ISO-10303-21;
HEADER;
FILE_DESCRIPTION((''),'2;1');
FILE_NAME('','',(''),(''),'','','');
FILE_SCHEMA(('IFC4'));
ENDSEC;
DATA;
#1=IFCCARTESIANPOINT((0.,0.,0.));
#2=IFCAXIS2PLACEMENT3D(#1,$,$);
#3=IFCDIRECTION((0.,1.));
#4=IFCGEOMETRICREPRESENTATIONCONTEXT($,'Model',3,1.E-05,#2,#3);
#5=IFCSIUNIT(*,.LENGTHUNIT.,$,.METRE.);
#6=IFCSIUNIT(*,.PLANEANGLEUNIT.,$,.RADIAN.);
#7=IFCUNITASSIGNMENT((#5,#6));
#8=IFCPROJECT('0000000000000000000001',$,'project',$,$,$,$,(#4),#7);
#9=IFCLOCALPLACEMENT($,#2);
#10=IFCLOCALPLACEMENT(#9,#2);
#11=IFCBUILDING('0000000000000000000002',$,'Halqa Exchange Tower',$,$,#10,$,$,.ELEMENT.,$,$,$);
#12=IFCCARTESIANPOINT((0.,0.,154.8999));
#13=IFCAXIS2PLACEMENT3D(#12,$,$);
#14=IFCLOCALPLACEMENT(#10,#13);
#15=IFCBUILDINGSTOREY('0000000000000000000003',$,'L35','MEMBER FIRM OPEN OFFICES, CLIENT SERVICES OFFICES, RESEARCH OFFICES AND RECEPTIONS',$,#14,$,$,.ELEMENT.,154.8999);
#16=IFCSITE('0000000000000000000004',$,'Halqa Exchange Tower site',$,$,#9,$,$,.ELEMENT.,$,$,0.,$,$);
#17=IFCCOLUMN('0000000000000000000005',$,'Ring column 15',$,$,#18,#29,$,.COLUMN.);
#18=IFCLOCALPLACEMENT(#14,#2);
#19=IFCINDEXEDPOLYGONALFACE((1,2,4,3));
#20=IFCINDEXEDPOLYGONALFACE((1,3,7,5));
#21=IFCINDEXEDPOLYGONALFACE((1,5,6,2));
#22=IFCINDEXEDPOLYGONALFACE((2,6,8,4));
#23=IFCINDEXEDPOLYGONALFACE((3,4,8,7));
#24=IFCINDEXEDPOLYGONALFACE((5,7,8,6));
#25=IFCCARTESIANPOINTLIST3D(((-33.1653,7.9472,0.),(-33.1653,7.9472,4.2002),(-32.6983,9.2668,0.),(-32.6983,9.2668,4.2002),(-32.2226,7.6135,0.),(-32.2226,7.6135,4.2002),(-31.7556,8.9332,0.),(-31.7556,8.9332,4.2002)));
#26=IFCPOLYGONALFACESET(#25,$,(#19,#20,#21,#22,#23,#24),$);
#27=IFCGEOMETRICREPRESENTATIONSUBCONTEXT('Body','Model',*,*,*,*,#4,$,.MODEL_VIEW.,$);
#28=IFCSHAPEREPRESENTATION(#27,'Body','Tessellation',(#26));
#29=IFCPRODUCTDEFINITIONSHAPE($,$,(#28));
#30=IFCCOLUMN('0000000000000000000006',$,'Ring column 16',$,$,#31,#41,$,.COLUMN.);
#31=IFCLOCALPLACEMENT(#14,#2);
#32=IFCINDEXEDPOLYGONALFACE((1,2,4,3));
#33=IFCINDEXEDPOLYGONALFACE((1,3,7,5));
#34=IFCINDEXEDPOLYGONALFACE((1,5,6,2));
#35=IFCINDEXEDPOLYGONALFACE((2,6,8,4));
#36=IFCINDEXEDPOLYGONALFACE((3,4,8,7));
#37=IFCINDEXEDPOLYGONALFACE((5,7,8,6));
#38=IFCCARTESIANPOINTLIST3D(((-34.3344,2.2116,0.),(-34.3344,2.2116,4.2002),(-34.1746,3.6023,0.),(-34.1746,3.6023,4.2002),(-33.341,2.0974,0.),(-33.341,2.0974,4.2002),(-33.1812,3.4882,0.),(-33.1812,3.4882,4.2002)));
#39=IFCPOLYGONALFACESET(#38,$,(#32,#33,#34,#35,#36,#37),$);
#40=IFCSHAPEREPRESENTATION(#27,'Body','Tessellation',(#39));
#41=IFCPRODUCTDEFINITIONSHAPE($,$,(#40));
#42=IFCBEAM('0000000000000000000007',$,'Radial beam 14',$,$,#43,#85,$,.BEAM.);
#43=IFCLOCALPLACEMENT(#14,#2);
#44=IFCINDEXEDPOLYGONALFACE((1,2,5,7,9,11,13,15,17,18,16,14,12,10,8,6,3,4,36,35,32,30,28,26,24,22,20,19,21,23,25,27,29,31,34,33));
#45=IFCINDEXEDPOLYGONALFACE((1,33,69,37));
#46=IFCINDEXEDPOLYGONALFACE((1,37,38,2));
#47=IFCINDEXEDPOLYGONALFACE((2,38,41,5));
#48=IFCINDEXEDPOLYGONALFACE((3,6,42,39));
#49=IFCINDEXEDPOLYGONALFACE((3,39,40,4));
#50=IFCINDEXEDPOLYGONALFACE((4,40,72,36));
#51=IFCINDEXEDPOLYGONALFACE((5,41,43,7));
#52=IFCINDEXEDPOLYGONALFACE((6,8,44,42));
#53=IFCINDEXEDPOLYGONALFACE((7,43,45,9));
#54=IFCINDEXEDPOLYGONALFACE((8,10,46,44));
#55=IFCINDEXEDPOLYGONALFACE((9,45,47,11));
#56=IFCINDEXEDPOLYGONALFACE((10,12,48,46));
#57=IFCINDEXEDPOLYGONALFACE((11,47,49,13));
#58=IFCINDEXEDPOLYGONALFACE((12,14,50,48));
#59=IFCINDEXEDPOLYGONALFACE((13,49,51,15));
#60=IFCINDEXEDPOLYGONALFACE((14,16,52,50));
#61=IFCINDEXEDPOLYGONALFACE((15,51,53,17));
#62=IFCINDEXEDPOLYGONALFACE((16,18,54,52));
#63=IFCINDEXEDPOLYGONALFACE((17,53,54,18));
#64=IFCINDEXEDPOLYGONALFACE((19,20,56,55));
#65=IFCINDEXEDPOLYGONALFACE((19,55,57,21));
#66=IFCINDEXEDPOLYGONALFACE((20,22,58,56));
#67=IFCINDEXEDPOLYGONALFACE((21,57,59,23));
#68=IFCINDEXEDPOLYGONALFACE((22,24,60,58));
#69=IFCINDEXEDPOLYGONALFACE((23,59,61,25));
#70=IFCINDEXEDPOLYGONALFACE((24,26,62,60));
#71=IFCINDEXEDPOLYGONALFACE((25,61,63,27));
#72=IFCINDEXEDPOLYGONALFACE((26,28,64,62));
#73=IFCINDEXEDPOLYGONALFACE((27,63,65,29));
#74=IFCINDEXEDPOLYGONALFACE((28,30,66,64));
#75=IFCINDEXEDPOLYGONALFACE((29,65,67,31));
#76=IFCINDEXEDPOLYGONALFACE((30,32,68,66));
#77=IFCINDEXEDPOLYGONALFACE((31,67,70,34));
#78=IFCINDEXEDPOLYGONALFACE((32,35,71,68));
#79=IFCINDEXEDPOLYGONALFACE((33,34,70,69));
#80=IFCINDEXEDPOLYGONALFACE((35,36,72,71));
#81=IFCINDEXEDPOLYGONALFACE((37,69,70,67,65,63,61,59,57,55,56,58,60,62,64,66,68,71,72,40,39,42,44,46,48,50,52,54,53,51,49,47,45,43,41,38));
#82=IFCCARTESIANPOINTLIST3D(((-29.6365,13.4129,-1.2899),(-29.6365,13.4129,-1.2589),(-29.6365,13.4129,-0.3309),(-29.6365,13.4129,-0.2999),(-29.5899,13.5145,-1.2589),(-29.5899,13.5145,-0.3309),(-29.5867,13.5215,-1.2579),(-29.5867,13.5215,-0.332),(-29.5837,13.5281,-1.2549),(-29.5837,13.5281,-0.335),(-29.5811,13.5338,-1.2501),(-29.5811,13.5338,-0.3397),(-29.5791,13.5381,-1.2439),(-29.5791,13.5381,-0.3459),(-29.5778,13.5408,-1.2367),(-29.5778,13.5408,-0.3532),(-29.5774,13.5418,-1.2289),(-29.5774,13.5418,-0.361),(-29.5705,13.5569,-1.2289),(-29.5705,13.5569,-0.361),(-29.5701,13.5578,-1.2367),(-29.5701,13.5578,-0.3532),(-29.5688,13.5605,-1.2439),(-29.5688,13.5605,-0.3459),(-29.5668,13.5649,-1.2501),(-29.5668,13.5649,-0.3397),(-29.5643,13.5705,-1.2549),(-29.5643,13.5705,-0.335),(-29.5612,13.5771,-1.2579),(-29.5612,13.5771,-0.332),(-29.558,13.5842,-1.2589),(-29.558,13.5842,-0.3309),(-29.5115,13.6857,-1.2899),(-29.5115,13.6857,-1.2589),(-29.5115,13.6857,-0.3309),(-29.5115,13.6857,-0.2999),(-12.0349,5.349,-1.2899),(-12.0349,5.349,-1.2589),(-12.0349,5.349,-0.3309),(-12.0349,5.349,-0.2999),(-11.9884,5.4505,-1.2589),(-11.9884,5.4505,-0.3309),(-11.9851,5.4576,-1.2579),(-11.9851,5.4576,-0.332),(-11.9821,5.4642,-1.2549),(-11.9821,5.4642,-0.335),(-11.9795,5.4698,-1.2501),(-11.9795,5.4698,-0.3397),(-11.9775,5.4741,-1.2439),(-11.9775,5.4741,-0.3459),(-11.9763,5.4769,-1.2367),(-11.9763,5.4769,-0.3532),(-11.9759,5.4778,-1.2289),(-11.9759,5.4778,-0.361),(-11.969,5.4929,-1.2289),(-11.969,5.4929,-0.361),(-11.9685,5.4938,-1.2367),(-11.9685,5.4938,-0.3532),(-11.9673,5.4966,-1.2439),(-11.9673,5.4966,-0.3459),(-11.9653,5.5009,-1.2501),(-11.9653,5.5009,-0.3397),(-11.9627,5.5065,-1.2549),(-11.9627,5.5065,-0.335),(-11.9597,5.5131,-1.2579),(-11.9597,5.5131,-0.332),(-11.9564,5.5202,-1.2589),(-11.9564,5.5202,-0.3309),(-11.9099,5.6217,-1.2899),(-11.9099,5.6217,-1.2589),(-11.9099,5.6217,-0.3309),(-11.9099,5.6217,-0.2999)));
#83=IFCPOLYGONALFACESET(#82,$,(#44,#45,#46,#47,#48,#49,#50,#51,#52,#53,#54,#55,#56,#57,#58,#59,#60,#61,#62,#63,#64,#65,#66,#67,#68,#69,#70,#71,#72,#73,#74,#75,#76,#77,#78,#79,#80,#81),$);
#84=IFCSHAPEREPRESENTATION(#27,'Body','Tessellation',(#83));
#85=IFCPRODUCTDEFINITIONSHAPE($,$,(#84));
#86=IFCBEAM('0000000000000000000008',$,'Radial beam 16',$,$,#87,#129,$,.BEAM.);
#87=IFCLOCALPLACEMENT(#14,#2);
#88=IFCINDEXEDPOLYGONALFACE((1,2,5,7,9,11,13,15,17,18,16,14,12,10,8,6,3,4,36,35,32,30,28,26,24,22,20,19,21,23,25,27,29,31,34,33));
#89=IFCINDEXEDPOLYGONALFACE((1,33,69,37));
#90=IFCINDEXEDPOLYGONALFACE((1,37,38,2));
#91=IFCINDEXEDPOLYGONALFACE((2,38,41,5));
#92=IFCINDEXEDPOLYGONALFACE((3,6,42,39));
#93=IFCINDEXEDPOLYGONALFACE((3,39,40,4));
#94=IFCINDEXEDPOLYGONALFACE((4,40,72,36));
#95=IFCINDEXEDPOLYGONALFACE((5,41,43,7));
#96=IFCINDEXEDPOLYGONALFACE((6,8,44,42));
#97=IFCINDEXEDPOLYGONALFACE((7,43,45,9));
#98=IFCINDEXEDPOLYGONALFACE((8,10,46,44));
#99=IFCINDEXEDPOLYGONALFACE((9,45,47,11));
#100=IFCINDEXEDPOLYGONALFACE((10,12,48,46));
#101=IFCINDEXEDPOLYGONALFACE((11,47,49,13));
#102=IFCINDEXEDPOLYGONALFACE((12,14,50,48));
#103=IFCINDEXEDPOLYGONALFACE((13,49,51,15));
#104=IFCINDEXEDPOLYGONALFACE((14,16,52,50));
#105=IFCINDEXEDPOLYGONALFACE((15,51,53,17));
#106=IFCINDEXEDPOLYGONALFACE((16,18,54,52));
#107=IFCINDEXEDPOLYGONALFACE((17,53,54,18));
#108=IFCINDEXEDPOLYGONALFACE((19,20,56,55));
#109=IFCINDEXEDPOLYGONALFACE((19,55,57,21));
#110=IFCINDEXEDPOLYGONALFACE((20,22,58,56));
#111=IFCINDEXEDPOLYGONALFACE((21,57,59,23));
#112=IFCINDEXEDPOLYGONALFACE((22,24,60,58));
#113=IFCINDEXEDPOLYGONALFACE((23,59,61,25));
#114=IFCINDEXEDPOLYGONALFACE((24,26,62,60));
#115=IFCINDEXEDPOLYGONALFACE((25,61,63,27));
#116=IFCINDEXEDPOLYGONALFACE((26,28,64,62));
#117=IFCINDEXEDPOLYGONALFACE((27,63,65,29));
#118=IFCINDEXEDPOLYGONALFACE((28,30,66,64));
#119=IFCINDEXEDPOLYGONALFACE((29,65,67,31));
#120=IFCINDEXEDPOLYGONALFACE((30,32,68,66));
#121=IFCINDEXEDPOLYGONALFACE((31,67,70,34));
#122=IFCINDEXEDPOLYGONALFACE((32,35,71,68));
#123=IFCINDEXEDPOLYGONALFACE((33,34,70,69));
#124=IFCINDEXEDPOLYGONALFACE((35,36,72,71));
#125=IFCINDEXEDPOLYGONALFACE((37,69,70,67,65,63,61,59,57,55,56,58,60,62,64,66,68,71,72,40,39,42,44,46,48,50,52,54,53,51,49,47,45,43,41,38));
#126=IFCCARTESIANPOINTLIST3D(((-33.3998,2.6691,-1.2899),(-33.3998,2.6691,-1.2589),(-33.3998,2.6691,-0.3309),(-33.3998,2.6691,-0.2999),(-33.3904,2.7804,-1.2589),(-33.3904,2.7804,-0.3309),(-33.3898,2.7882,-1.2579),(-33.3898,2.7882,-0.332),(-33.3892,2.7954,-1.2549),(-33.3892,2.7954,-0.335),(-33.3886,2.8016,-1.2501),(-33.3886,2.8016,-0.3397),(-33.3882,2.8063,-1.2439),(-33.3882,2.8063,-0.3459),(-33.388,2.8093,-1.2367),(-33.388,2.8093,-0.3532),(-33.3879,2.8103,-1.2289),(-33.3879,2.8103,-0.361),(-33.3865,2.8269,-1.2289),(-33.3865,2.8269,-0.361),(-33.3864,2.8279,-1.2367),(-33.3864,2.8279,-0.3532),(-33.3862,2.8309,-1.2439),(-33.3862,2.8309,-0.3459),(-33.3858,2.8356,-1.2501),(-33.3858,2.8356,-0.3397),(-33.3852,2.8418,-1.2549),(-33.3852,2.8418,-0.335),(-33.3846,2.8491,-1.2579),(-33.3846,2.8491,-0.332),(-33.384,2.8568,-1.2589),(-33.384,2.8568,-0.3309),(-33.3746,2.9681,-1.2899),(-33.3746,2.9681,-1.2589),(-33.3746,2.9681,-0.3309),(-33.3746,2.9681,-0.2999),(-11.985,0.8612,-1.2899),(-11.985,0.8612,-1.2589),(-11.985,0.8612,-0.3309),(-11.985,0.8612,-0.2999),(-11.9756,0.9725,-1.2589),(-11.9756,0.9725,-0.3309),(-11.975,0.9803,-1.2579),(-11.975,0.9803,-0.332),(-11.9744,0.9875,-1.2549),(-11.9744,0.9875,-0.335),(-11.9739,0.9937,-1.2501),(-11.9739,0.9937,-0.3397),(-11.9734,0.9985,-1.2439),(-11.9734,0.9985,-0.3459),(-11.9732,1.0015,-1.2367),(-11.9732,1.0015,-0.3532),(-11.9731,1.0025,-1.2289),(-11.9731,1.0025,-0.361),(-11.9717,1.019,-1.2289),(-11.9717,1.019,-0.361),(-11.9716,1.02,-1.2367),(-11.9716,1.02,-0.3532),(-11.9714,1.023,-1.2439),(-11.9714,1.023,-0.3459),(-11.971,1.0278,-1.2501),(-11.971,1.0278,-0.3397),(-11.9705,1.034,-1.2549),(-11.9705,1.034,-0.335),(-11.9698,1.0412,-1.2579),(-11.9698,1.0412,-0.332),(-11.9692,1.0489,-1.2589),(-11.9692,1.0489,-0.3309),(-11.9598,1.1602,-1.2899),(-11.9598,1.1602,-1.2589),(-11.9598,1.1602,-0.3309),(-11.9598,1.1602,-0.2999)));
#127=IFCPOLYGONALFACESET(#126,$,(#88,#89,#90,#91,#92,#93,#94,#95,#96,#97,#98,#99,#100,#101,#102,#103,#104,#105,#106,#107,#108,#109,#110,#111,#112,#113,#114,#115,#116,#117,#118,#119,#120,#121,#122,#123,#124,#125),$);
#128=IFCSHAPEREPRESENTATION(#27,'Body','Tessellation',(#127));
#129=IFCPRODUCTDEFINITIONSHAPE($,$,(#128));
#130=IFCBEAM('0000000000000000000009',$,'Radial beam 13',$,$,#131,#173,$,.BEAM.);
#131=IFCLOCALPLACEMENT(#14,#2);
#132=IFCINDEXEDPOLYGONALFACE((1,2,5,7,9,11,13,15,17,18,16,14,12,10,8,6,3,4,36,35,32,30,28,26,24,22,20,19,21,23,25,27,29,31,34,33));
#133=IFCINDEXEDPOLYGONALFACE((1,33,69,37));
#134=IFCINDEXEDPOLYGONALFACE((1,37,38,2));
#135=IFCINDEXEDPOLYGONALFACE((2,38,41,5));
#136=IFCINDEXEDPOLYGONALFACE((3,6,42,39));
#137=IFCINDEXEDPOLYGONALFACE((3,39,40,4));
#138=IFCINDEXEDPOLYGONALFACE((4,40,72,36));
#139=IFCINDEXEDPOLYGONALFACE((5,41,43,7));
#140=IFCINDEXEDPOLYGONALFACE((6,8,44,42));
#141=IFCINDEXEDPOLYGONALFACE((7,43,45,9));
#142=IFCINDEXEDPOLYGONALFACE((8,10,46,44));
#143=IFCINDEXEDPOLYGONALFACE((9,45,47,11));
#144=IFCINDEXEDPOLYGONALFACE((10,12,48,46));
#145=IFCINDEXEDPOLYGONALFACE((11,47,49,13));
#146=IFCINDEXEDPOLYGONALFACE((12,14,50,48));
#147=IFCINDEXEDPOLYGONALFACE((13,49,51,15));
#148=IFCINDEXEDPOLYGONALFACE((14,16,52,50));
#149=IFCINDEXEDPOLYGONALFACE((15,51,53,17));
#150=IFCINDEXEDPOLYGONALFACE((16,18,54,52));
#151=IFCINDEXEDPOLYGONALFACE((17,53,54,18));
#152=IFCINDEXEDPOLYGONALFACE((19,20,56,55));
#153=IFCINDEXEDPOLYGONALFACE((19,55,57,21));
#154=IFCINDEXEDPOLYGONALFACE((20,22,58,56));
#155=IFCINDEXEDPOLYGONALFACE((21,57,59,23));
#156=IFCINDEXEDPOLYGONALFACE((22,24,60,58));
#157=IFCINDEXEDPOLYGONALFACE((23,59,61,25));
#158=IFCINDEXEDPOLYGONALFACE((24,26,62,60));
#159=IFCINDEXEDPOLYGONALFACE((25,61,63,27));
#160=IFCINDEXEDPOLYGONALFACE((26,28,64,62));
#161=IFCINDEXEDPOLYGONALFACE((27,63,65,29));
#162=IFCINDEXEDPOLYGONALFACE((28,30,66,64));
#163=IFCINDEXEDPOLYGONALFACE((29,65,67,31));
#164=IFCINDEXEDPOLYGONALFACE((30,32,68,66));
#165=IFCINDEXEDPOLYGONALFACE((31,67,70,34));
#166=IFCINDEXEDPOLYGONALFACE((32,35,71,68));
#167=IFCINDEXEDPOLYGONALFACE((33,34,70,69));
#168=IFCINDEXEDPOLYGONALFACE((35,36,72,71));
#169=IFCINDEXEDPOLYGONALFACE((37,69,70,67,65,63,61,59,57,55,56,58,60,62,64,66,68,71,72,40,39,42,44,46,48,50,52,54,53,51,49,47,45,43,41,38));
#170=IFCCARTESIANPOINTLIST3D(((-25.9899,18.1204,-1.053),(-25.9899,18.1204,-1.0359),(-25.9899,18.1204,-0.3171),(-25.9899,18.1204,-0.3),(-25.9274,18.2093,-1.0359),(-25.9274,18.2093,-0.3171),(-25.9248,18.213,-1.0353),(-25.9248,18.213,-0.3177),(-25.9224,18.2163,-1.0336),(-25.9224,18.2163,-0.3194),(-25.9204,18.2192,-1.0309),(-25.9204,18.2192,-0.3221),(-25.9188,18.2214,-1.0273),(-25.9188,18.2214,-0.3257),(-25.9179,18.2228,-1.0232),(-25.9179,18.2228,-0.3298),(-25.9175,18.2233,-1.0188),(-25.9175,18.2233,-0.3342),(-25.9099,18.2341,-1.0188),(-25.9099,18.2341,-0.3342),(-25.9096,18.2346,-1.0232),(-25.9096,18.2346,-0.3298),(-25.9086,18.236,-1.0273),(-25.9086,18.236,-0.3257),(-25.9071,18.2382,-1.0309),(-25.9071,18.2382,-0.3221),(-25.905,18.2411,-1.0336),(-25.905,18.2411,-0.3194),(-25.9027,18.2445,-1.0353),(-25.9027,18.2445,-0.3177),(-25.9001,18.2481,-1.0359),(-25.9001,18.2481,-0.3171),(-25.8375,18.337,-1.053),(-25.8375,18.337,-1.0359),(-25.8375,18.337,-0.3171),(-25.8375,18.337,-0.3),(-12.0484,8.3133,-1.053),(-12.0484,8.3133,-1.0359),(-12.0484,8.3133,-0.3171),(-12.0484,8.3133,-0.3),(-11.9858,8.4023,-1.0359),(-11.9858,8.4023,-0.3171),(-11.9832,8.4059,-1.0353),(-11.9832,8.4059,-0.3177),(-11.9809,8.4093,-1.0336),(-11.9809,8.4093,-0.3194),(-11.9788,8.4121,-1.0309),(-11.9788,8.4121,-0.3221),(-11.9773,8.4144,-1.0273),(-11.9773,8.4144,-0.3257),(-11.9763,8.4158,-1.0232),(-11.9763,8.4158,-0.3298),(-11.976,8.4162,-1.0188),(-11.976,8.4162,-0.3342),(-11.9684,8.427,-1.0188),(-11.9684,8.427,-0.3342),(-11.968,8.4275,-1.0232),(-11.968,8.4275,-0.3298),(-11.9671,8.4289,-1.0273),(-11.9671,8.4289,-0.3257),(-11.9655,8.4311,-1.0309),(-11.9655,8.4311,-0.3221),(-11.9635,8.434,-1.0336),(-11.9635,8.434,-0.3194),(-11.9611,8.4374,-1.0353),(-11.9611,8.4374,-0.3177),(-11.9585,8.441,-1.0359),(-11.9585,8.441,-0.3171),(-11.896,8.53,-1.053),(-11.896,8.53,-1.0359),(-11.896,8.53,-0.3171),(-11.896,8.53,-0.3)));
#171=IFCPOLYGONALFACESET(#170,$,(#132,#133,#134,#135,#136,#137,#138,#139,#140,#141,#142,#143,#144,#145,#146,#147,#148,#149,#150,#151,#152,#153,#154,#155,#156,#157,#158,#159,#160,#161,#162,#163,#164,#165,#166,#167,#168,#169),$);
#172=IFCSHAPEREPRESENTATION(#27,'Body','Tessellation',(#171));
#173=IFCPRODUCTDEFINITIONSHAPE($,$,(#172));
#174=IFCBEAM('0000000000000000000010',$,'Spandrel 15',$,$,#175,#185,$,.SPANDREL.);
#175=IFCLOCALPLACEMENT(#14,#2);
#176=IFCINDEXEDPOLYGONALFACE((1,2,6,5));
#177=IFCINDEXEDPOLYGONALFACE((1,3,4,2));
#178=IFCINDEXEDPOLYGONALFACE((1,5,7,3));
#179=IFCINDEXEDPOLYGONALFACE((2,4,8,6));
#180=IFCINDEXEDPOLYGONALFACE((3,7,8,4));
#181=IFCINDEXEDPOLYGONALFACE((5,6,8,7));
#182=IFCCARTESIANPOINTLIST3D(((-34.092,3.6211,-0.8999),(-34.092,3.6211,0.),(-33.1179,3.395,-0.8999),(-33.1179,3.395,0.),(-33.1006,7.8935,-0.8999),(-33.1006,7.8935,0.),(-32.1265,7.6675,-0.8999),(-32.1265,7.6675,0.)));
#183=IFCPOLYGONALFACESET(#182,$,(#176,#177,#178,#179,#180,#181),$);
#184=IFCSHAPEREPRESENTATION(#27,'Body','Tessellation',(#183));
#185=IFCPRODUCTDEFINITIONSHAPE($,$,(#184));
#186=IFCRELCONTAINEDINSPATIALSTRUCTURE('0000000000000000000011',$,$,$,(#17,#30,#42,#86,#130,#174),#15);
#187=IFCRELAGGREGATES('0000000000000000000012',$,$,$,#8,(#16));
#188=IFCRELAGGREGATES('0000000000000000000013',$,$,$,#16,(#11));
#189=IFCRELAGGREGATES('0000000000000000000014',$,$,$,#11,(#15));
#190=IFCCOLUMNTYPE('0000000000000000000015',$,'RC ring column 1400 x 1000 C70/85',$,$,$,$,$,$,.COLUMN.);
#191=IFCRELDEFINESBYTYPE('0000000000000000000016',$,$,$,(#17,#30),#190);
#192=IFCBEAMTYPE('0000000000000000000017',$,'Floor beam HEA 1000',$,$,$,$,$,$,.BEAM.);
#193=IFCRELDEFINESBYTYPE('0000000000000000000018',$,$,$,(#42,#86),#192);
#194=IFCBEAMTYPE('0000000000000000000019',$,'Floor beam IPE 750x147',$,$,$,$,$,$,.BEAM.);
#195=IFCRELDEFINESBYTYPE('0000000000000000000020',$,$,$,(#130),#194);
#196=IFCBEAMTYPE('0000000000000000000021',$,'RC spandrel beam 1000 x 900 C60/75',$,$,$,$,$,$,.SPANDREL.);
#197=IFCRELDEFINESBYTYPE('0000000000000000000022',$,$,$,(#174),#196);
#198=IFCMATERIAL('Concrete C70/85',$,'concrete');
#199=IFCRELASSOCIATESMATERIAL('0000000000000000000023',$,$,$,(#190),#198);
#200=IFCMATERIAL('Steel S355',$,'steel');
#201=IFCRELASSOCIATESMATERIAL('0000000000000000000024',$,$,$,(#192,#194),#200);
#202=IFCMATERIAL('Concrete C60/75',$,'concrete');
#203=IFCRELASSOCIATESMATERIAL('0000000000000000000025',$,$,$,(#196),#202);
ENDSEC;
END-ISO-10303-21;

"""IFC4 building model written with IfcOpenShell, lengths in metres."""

from ifc_helpers import new_model, si_unit, direction, frame, origin, origin_2d, place, context, subcontext, project, spatial, rectangle, i_section, extrude, material, material_profile, profile_set, type_object, element, save


model = new_model("IFC4")

# Units and contexts
model_context = context("Model", 3, precision=1e-05, world=origin(), true_north=direction((0.0, 1.0)))
body_context = subcontext(model_context, "Body", "Model", "MODEL_VIEW")
ifc_project = project(units=[si_unit("LENGTHUNIT", "METRE"), si_unit("PLANEANGLEUNIT", "RADIAN")], contexts=[model_context])

# Site, building, storey
site_placement = place(None, origin())
site = spatial("IfcSite", under=ifc_project, at=site_placement, Name="Halqa Exchange Tower site", CompositionType="ELEMENT", RefElevation=0.0)
building_placement = place(site_placement, origin())
building = spatial("IfcBuilding", under=site, at=building_placement, Name="Halqa Exchange Tower", CompositionType="ELEMENT")
storey_placement = place(building_placement, frame((0.0, 0.0, 154.8999)))
storey = spatial("IfcBuildingStorey", under=building, at=storey_placement, Name="L35", Description="MEMBER FIRM OPEN OFFICES, CLIENT SERVICES OFFICES, RESEARCH OFFICES AND RECEPTIONS", CompositionType="ELEMENT", Elevation=154.8999)

# Columns
ifc_material_1 = material(Name="Concrete C70/85", Category="concrete")
ifc_material_profile_1 = material_profile(ifc_material_1, rectangle(XDim=1.3999, YDim=1.0, at=origin_2d()), Name="1400 x 1000")
ifc_profile_set_1 = profile_set([ifc_material_profile_1], Name="Concrete C70/85")
column_type = type_object("IfcColumnType", Name="RC ring column 1400 x 1000 C70/85", PredefinedType="COLUMN", material=ifc_profile_set_1)
for number, where, z_axis, x_axis, name in (
    (1, (-32.4604, 8.4402, 0.0), (0.0, 0.0, 1.0), (-0.333634, -0.942703, 0.0), "Ring column 15"),
    (2, (-33.7578, 2.8499, 0.0), (0.0, 0.0, 1.0), (-0.114155, -0.993463, 0.0), "Ring column 16"),
):
    element("IfcColumn", number, at=place(storey_placement, frame(where, z_axis=z_axis, x_axis=x_axis)), inside=storey, type_object=column_type, Name=name, PredefinedType="COLUMN", context=body_context, shape_type="SweptSolid", body=[
        extrude(rectangle(XDim=1.3999, YDim=1.0, at=origin_2d()), origin(), (0.0, 0.0, 1.0), 4.2002),
    ])

# Beams
ifc_material_2 = material(Name="Steel S355", Category="steel")
ifc_material_profile_2 = material_profile(ifc_material_2, i_section(OverallWidth=0.3, OverallDepth=0.99, WebThickness=0.0166, FlangeThickness=0.031, FilletRadius=0.03, at=origin_2d()), Name="HEA 1000")
ifc_profile_set_2 = profile_set([ifc_material_profile_2], Name="Steel S355")
beam_type_1 = type_object("IfcBeamType", Name="Floor beam HEA 1000", PredefinedType="BEAM", material=ifc_profile_set_2)
beam_1_placement = place(storey_placement, frame((-11.9724, 5.4854, -0.7949), z_axis=(-0.909132, 0.416509, 0.0), x_axis=(-0.416509, -0.909132, 0.0)))
element("IfcBeam", 3, at=beam_1_placement, inside=storey, type_object=beam_type_1, Name="Radial beam 14", PredefinedType="BEAM", context=body_context, shape_type="SweptSolid", body=[
    extrude(i_section(OverallWidth=0.3, OverallDepth=0.99, WebThickness=0.0166, FlangeThickness=0.031, FilletRadius=0.03, at=origin_2d()), origin(), (0.0, 0.0, 1.0), 19.3608),
])
beam_2_placement = place(storey_placement, frame((-11.9724, 1.0107, -0.7949), z_axis=(-0.996455, 0.084122, 0.0), x_axis=(-0.084122, -0.996455, 0.0)))
element("IfcBeam", 4, at=beam_2_placement, inside=storey, type_object=beam_type_1, Name="Radial beam 16", PredefinedType="BEAM", context=body_context, shape_type="SweptSolid", body=[
    extrude(i_section(OverallWidth=0.3, OverallDepth=0.99, WebThickness=0.0166, FlangeThickness=0.031, FilletRadius=0.03, at=origin_2d()), origin(), (0.0, 0.0, 1.0), 21.491),
])
ifc_material_profile_3 = material_profile(ifc_material_2, i_section(OverallWidth=0.2649, OverallDepth=0.7529, WebThickness=0.0132, FlangeThickness=0.0171, FilletRadius=0.0171, at=origin_2d()), Name="IPE 750x147")
ifc_profile_set_3 = profile_set([ifc_material_profile_3], Name="Steel S355")
beam_type_2 = type_object("IfcBeamType", Name="Floor beam IPE 750x147", PredefinedType="BEAM", material=ifc_profile_set_3)
beam_3_placement = place(storey_placement, frame((-11.9722, 8.4216, -0.6765), z_axis=(-0.817908, 0.57535, 0.0), x_axis=(-0.57535, -0.817908, 0.0)))
element("IfcBeam", 5, at=beam_3_placement, inside=storey, type_object=beam_type_2, Name="Radial beam 13", PredefinedType="BEAM", context=body_context, shape_type="SweptSolid", body=[
    extrude(i_section(OverallWidth=0.2649, OverallDepth=0.7529, WebThickness=0.0132, FlangeThickness=0.0171, FilletRadius=0.0171, at=origin_2d()), origin(), (0.0, 0.0, 1.0), 17.0454),
])
ifc_material_3 = material(Name="Concrete C60/75", Category="concrete")
ifc_material_profile_4 = material_profile(ifc_material_3, rectangle(XDim=1.0, YDim=0.8999, at=origin_2d()), Name="1000 x 900")
ifc_profile_set_4 = profile_set([ifc_material_profile_4], Name="Concrete C60/75")
beam_type_3 = type_object("IfcBeamType", Name="RC spandrel beam 1000 x 900 C60/75", PredefinedType="SPANDREL", material=ifc_profile_set_4)
beam_4_placement = place(storey_placement, frame((-32.6135, 7.7805, -0.45), z_axis=(-0.22605, -0.974116, 0.0), x_axis=(0.974116, -0.22605, 0.0)))
element("IfcBeam", 6, at=beam_4_placement, inside=storey, type_object=beam_type_3, Name="Spandrel 15", PredefinedType="SPANDREL", context=body_context, shape_type="SweptSolid", body=[
    extrude(rectangle(XDim=1.0, YDim=0.8999, at=origin_2d()), origin(), (0.0, 0.0, 1.0), 4.386),
])

save(model, "model.ifc")
